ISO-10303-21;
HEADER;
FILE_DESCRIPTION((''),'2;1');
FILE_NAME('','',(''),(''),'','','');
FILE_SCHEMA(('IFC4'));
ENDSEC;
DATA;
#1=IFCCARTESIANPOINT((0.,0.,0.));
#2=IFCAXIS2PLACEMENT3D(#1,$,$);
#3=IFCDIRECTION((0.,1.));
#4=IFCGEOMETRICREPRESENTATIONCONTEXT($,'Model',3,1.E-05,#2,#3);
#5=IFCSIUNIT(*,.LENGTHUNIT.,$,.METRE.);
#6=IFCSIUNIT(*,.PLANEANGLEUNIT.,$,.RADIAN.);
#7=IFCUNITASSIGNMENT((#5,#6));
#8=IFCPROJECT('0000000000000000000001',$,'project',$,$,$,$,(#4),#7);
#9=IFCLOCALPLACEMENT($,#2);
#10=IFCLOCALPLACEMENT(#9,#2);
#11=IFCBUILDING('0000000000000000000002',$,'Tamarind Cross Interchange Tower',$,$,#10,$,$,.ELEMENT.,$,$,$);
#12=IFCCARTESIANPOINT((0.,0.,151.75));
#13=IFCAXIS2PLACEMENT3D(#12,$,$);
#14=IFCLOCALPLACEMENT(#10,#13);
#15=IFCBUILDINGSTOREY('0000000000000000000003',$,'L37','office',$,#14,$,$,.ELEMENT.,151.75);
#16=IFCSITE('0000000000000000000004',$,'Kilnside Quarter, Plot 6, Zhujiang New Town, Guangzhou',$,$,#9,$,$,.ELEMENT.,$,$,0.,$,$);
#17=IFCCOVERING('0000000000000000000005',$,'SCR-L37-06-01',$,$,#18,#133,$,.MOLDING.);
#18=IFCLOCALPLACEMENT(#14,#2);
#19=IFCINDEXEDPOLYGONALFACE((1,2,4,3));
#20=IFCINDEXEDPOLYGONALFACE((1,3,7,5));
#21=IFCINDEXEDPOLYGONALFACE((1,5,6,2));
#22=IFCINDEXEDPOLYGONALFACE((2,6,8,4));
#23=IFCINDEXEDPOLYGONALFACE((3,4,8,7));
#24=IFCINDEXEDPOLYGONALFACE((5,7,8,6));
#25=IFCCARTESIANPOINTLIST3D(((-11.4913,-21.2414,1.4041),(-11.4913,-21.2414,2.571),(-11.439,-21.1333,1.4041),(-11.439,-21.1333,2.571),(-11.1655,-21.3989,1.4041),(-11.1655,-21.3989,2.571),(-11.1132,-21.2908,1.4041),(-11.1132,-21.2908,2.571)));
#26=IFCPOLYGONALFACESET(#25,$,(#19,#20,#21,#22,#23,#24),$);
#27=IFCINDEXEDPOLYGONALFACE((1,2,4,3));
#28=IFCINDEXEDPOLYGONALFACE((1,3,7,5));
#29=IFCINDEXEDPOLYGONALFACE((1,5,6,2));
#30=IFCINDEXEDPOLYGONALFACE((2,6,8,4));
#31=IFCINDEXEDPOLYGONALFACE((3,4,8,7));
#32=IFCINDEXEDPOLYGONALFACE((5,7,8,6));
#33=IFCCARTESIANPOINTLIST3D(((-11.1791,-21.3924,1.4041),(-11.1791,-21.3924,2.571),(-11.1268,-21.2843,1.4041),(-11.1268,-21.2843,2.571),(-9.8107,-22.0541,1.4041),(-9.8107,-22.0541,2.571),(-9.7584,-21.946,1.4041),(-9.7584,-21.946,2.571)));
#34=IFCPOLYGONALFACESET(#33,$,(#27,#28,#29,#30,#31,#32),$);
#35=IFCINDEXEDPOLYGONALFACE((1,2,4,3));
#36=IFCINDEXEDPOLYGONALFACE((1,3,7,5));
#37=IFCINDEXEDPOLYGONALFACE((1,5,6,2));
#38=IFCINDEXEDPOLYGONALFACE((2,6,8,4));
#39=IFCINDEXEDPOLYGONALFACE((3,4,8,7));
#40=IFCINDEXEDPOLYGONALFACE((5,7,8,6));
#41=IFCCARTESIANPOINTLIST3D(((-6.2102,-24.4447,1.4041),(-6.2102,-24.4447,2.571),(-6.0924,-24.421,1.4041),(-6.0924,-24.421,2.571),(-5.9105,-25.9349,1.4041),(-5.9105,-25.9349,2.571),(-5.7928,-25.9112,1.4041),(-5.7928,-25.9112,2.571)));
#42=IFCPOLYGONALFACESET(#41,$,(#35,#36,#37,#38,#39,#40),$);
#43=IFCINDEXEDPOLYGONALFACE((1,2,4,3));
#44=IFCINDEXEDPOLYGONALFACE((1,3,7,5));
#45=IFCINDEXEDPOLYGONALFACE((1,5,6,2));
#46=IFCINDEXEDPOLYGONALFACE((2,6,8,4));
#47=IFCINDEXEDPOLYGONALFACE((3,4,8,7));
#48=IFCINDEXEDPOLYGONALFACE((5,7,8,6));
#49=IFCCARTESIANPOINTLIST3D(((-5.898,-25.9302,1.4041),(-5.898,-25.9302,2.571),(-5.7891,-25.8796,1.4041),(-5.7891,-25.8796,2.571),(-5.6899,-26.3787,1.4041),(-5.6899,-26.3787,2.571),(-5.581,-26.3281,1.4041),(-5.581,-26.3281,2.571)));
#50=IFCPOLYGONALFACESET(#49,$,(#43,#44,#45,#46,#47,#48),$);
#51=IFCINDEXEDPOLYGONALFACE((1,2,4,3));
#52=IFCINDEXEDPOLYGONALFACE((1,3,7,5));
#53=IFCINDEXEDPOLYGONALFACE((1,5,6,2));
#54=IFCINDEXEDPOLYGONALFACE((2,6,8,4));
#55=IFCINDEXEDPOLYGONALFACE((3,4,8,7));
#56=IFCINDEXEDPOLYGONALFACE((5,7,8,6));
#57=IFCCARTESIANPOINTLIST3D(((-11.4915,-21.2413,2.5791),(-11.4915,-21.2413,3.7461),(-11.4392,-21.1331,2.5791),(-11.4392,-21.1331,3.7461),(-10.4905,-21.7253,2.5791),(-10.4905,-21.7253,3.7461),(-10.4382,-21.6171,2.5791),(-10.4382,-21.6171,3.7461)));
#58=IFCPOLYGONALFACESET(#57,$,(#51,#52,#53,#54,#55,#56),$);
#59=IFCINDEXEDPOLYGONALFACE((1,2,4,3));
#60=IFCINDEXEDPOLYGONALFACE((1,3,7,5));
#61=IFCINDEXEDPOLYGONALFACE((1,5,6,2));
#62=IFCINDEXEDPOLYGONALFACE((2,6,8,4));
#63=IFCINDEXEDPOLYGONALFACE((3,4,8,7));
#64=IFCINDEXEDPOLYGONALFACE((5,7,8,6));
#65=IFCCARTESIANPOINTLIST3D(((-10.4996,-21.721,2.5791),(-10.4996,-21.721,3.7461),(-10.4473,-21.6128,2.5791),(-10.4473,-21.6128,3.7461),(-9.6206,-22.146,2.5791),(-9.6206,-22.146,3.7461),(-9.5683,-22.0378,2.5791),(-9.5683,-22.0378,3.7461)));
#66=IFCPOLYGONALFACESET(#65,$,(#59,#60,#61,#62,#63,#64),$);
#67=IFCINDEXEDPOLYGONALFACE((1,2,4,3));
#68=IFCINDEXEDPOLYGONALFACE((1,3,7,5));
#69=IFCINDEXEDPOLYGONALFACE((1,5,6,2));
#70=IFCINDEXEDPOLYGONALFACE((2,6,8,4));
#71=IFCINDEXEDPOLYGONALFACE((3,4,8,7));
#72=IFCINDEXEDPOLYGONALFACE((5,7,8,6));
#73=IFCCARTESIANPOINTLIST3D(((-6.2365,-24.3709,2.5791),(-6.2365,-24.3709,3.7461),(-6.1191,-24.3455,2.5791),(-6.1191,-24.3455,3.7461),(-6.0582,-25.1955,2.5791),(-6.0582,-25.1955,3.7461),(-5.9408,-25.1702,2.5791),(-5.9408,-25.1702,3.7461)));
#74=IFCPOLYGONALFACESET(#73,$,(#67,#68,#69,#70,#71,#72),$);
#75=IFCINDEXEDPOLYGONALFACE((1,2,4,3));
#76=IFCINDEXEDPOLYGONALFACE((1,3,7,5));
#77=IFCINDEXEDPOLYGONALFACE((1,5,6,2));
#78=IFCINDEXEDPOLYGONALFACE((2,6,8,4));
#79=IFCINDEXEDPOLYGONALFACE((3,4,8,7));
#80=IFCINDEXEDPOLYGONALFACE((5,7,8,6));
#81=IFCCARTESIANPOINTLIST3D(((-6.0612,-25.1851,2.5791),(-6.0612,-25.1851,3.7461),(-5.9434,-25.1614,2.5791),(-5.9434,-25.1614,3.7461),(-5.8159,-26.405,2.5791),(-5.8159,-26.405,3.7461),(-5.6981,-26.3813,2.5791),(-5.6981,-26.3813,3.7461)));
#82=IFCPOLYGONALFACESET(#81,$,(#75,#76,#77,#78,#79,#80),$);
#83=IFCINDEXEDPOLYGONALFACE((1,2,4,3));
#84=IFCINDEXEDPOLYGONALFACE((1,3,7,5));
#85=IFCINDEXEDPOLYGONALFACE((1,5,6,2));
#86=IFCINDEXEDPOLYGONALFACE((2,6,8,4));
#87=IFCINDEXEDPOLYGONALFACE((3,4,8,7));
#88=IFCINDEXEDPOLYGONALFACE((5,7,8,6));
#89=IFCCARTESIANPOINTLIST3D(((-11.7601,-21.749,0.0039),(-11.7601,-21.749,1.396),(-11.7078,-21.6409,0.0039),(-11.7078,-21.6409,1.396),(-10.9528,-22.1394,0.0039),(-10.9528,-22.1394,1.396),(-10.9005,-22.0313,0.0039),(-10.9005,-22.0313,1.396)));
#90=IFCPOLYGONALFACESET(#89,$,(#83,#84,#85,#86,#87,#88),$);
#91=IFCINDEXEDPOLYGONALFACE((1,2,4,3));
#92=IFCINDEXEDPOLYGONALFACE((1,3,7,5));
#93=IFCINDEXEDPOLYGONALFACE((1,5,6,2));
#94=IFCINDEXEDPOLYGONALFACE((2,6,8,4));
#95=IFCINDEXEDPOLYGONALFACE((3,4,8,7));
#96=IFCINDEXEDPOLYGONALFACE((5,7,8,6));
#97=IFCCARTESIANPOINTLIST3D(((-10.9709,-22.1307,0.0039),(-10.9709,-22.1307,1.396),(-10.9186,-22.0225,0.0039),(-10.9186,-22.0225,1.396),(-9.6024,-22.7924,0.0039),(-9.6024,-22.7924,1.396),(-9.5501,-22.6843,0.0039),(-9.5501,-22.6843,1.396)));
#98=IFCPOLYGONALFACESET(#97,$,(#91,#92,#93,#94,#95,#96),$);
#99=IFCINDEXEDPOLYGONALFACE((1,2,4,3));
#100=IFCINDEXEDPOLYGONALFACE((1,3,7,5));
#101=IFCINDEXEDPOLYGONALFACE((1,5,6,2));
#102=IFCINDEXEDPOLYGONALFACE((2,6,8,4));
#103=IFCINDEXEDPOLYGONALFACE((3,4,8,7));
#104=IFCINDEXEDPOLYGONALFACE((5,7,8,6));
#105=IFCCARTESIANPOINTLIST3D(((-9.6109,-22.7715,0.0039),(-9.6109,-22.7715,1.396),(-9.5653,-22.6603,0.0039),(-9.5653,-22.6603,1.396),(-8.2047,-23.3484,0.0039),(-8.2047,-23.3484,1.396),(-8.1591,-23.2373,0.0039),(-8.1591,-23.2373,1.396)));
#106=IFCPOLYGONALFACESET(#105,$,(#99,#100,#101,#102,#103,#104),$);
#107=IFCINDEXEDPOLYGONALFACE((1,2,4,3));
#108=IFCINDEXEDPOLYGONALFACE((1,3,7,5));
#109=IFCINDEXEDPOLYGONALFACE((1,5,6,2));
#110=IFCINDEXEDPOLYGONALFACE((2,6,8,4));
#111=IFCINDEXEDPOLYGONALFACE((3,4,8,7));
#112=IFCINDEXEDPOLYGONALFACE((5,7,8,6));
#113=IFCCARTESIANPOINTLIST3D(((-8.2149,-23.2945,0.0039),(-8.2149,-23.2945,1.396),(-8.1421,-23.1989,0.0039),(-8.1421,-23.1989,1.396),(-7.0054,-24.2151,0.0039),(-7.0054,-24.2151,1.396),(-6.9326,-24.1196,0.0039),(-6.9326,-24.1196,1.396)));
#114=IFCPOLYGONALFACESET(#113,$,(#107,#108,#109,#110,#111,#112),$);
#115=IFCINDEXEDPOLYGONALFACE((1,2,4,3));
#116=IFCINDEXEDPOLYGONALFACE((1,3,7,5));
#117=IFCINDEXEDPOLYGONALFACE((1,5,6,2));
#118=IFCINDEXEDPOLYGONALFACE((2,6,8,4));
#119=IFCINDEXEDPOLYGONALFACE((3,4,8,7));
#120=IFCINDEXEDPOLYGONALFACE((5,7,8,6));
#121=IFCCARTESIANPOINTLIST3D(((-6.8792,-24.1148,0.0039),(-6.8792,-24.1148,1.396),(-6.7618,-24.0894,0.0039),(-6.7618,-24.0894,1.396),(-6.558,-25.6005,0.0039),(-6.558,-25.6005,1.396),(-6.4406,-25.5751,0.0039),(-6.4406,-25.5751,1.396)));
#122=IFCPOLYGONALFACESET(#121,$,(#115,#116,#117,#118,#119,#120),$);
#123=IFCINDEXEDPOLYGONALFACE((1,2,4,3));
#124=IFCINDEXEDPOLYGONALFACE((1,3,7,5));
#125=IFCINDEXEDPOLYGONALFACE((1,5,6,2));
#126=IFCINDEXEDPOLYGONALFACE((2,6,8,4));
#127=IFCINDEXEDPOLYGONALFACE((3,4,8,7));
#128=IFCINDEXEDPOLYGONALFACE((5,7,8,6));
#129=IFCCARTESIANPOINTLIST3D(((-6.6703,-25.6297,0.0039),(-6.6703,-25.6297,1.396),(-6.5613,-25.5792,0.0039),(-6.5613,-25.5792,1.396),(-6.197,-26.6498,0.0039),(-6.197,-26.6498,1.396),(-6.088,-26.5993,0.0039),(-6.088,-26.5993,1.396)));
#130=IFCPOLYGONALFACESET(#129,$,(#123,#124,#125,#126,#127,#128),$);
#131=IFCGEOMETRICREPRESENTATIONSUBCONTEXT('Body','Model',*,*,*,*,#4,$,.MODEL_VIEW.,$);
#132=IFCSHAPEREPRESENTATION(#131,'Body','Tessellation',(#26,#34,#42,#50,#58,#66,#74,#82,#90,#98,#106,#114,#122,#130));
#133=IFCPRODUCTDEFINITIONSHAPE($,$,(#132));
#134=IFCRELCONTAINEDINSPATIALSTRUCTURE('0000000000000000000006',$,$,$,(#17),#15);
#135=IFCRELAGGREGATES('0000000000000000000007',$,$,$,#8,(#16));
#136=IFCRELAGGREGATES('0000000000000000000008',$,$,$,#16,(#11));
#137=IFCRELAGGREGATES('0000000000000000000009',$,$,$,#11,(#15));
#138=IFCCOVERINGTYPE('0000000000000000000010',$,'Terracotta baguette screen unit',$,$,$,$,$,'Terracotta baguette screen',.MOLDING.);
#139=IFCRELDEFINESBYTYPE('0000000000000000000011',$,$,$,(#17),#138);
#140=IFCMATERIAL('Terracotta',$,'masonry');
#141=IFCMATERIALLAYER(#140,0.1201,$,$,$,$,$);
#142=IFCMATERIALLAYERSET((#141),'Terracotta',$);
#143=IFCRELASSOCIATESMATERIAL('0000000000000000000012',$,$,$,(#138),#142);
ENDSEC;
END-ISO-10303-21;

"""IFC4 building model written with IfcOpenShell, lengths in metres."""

from ifc_helpers import new_model, si_unit, direction, frame, origin, origin_2d, place, context, subcontext, project, spatial, rectangle, extrude, material, layer, layer_set, type_object, element, save


model = new_model("IFC4")

# Units and contexts
model_context = context("Model", 3, precision=1e-05, world=origin(), true_north=direction((0.0, 1.0)))
body_context = subcontext(model_context, "Body", "Model", "MODEL_VIEW")
ifc_project = project(units=[si_unit("LENGTHUNIT", "METRE"), si_unit("PLANEANGLEUNIT", "RADIAN")], contexts=[model_context])

# Site, building, storey
site_placement = place(None, origin())
site = spatial("IfcSite", under=ifc_project, at=site_placement, Name="Kilnside Quarter, Plot 6, Zhujiang New Town, Guangzhou", CompositionType="ELEMENT", RefElevation=0.0)
building_placement = place(site_placement, origin())
building = spatial("IfcBuilding", under=site, at=building_placement, Name="Tamarind Cross Interchange Tower", CompositionType="ELEMENT")
storey_placement = place(building_placement, frame((0.0, 0.0, 151.75)))
storey = spatial("IfcBuildingStorey", under=building, at=storey_placement, Name="L37", Description="office", CompositionType="ELEMENT", Elevation=151.75)

# Covering
ifc_material_1 = material(Name="Terracotta", Category="masonry")
ifc_layer_1 = layer(ifc_material_1, 0.1201)
ifc_layer_set_1 = layer_set([ifc_layer_1], Name="Terracotta")
covering_type = type_object("IfcCoveringType", Name="Terracotta baguette screen unit", ElementType="Terracotta baguette screen", PredefinedType="MOLDING", material=ifc_layer_set_1)
covering_1_placement = place(storey_placement, origin())
element("IfcCovering", 1, at=covering_1_placement, inside=storey, type_object=covering_type, Name="SCR-L37-06-01", PredefinedType="MOLDING", context=body_context, shape_type="SweptSolid", body=[
    extrude(rectangle(XDim=0.3618, YDim=0.1201, at=origin_2d()), frame((-11.3022, -21.2661, 1.4041), z_axis=(0.0, 0.0, 1.0), x_axis=(0.900273, -0.435326, 0.0)), (0.0, 0.0, 1.0), 1.167),
    extrude(rectangle(XDim=1.52, YDim=0.1201, at=origin_2d()), frame((-10.4688, -21.6692, 1.4041), z_axis=(0.0, 0.0, 1.0), x_axis=(0.900273, -0.435326, 0.0)), (0.0, 0.0, 1.0), 1.167),
    extrude(rectangle(XDim=1.52, YDim=0.1201, at=origin_2d()), frame((-6.0015, -25.178, 1.4041), z_axis=(0.0, 0.0, 1.0), x_axis=(0.197124, -0.980379, 0.0)), (0.0, 0.0, 1.0), 1.167),
    extrude(rectangle(XDim=0.4944, YDim=0.1201, at=origin_2d()), frame((-5.7395, -26.1292, 1.4041), z_axis=(0.0, 0.0, 1.0), x_axis=(0.420858, -0.907126, 0.0)), (0.0, 0.0, 1.0), 1.167),
    extrude(rectangle(XDim=1.1118, YDim=0.1201, at=origin_2d()), frame((-10.9648, -21.4292, 2.5791), z_axis=(0.0, 0.0, 1.0), x_axis=(0.900273, -0.435326, 0.0)), (0.0, 0.0, 1.0), 1.167),
    extrude(rectangle(XDim=0.9763, YDim=0.1201, at=origin_2d()), frame((-10.0339, -21.8794, 2.5791), z_axis=(0.0, 0.0, 1.0), x_axis=(0.900273, -0.435326, 0.0)), (0.0, 0.0, 1.0), 1.167),
    extrude(rectangle(XDim=0.8438, YDim=0.1201, at=origin_2d()), frame((-6.0886, -24.7705, 2.5791), z_axis=(0.0, 0.0, 1.0), x_axis=(0.211359, -0.977408, 0.0)), (0.0, 0.0, 1.0), 1.167),
    extrude(rectangle(XDim=1.2444, YDim=0.1201, at=origin_2d()), frame((-5.8796, -25.7832, 2.5791), z_axis=(0.0, 0.0, 1.0), x_axis=(0.197124, -0.980379, 0.0)), (0.0, 0.0, 1.0), 1.167),
    extrude(rectangle(XDim=0.8967, YDim=0.1201, at=origin_2d()), frame((-11.3303, -21.8901, 0.0039), z_axis=(0.0, 0.0, 1.0), x_axis=(0.900273, -0.435326, 0.0)), (0.0, 0.0, 1.0), 1.3921),
    extrude(rectangle(XDim=1.52, YDim=0.1201, at=origin_2d()), frame((-10.2605, -22.4075, 0.0039), z_axis=(0.0, 0.0, 1.0), x_axis=(0.900273, -0.435326, 0.0)), (0.0, 0.0, 1.0), 1.3921),
    extrude(rectangle(XDim=1.52, YDim=0.1201, at=origin_2d()), frame((-8.885, -23.0044, 0.0039), z_axis=(0.0, 0.0, 1.0), x_axis=(0.925156, -0.379587, 0.0)), (0.0, 0.0, 1.0), 1.3921),
    extrude(rectangle(XDim=1.52, YDim=0.1201, at=origin_2d()), frame((-7.5737, -23.707, 0.0039), z_axis=(0.0, 0.0, 1.0), x_axis=(0.795715, -0.605672, 0.0)), (0.0, 0.0, 1.0), 1.3921),
    extrude(rectangle(XDim=1.52, YDim=0.1201, at=origin_2d()), frame((-6.6599, -24.845, 0.0039), z_axis=(0.0, 0.0, 1.0), x_axis=(0.211359, -0.977408, 0.0)), (0.0, 0.0, 1.0), 1.3921),
    extrude(rectangle(XDim=1.1245, YDim=0.1201, at=origin_2d()), frame((-6.3792, -26.1145, 0.0039), z_axis=(0.0, 0.0, 1.0), x_axis=(0.420858, -0.907126, 0.0)), (0.0, 0.0, 1.0), 1.3921),
])

save(model, "model.ifc")
